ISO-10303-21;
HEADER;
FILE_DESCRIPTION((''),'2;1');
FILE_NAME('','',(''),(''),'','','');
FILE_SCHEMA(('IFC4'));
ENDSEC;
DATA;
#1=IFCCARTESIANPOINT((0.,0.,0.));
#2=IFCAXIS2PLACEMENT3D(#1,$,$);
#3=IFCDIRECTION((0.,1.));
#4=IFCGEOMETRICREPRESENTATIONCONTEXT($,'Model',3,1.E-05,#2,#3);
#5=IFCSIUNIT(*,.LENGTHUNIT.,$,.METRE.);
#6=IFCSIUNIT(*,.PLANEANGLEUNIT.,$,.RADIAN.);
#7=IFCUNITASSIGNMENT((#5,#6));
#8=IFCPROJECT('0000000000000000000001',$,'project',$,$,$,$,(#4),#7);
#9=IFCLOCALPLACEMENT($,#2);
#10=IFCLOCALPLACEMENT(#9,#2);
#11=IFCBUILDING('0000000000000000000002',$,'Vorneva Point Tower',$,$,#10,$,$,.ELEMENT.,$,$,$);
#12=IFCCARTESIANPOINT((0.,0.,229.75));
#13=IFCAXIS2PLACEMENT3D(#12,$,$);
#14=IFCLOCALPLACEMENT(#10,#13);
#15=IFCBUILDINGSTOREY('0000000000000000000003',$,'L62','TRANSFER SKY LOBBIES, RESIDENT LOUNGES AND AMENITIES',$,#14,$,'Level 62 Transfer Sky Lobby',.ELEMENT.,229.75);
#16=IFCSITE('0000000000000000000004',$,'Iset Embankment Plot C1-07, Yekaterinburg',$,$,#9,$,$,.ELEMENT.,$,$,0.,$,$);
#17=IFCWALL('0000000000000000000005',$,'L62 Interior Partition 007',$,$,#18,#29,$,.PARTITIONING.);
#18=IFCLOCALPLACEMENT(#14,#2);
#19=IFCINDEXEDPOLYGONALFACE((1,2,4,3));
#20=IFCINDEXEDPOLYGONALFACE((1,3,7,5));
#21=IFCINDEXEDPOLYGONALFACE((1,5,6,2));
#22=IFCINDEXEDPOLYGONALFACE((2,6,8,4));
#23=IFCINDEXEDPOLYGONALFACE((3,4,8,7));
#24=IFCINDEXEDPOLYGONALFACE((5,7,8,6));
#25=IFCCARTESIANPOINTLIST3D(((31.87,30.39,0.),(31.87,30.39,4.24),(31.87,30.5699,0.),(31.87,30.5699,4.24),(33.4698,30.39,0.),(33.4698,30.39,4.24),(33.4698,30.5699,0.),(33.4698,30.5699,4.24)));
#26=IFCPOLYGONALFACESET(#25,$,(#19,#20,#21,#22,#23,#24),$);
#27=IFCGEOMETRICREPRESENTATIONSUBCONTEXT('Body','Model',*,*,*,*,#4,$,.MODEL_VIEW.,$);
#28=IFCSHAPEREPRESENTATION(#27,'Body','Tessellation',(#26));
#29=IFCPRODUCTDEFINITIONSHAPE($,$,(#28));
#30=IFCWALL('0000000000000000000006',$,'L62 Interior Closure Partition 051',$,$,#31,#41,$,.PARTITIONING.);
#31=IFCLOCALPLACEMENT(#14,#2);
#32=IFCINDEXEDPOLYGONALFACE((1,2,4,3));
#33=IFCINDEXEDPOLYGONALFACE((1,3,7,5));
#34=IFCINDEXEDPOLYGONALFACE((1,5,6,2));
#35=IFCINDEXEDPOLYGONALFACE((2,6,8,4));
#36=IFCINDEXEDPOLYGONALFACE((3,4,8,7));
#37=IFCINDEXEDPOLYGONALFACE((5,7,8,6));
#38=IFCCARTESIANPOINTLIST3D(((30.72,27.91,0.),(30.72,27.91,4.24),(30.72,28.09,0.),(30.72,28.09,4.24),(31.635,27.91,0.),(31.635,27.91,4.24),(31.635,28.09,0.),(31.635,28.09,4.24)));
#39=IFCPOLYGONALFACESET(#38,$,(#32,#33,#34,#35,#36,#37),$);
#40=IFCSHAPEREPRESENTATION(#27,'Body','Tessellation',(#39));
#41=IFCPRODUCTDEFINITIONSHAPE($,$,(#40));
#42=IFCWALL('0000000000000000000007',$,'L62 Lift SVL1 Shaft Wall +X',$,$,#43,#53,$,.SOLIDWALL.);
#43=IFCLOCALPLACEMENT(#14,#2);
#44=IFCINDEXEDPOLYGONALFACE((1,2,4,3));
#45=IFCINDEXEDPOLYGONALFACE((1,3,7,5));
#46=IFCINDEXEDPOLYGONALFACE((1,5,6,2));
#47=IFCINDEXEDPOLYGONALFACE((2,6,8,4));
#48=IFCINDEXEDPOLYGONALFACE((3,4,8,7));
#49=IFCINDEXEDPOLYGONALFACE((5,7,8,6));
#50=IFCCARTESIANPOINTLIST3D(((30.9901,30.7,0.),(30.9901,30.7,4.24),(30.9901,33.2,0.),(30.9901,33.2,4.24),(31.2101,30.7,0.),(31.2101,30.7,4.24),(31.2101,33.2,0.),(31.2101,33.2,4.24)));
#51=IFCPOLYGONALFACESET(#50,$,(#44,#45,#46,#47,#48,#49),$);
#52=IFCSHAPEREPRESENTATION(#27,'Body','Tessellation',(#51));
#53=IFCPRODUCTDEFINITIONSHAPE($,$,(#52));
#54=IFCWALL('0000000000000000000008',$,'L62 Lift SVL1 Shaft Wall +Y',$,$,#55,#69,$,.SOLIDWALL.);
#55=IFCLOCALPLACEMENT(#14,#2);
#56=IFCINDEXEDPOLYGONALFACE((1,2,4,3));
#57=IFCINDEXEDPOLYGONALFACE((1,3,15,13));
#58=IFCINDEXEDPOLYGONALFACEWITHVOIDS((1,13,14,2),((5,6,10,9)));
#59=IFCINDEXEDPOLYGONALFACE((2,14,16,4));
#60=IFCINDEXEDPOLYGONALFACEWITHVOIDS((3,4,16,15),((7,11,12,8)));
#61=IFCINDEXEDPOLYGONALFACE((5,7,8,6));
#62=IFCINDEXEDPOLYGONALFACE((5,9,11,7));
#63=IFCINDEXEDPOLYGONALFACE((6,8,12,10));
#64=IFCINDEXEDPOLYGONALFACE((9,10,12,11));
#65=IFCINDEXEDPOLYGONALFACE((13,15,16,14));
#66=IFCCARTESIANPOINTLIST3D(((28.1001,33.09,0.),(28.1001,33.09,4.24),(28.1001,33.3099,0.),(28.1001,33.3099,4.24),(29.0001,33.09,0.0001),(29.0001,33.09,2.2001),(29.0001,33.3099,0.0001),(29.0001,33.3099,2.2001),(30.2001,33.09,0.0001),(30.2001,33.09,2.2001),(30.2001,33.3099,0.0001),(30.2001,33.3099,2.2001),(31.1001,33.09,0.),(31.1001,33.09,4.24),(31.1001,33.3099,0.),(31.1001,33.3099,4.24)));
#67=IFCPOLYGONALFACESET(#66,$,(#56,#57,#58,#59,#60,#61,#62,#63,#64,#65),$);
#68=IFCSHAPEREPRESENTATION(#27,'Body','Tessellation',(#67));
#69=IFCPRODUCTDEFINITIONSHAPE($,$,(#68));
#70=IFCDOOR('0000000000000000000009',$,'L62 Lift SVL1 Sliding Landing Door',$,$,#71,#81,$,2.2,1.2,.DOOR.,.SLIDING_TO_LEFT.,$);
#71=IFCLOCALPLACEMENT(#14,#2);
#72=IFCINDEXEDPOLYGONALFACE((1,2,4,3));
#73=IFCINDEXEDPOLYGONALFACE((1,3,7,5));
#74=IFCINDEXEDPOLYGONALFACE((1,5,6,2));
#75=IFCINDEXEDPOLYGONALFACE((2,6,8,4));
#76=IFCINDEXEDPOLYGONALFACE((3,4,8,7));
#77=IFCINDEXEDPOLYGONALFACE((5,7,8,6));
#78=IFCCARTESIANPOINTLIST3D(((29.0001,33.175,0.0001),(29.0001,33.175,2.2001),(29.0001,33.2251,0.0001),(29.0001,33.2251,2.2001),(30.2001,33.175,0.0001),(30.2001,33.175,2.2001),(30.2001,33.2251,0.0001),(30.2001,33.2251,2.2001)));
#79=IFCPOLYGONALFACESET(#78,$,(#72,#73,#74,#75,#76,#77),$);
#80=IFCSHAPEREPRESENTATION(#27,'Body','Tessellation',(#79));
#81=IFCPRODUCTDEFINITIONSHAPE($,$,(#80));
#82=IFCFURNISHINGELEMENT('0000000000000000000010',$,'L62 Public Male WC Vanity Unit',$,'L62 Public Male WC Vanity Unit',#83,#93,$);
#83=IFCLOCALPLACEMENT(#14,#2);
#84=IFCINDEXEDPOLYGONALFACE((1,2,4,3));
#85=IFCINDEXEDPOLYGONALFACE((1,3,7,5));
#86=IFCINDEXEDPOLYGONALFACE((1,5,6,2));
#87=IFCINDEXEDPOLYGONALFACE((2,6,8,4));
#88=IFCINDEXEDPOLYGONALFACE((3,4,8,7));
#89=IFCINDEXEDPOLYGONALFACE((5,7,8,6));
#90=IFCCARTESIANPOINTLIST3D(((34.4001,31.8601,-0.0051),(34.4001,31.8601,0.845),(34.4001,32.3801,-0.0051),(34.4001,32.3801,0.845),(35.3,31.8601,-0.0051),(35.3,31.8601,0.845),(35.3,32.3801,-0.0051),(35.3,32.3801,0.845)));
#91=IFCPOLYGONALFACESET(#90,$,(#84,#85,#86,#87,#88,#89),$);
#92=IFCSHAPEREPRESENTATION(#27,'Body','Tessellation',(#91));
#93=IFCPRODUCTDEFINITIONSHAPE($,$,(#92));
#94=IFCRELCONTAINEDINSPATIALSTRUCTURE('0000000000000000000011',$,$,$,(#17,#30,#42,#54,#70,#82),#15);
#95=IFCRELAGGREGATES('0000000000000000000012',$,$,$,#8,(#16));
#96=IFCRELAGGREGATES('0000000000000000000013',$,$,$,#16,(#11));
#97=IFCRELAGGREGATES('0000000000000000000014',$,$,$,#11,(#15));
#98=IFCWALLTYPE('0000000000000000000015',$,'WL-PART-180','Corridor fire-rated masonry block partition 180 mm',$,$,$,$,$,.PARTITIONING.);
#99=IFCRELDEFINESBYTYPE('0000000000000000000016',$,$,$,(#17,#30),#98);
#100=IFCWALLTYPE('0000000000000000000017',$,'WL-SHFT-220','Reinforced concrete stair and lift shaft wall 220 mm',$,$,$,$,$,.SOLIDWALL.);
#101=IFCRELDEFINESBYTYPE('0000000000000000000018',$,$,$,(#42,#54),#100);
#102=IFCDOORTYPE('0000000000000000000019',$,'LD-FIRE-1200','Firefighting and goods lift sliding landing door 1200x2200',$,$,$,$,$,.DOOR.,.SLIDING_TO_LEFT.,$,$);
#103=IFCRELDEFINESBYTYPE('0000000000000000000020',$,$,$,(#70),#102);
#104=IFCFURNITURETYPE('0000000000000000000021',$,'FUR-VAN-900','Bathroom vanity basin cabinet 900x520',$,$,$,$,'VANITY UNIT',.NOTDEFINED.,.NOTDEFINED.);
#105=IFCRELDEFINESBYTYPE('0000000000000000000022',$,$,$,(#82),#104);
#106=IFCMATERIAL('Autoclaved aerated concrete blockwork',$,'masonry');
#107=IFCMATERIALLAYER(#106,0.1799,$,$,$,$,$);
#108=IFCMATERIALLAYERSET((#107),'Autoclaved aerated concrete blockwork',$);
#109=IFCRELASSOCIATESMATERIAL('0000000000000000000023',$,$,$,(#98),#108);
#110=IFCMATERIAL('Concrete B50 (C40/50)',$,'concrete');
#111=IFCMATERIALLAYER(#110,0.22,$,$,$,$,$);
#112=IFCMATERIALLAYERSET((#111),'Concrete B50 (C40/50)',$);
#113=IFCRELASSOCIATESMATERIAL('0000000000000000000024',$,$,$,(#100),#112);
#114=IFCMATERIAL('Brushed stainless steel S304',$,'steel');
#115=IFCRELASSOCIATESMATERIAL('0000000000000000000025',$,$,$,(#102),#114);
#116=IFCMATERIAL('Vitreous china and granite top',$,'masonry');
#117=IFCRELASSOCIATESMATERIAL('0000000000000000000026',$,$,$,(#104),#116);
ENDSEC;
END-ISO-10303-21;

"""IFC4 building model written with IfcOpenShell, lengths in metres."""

from ifc_helpers import new_model, si_unit, direction, frame, frame_2d, origin, origin_2d, place, context, subcontext, project, spatial, rectangle, extrude, material, layer, layer_set, type_object, element, fill, save


model = new_model("IFC4")

# Units and contexts
model_context = context("Model", 3, precision=1e-05, world=origin(), true_north=direction((0.0, 1.0)))
body_context = subcontext(model_context, "Body", "Model", "MODEL_VIEW")
ifc_project = project(units=[si_unit("LENGTHUNIT", "METRE"), si_unit("PLANEANGLEUNIT", "RADIAN")], contexts=[model_context])

# Site, building, storey
site_placement = place(None, origin())
site = spatial("IfcSite", under=ifc_project, at=site_placement, Name="Iset Embankment Plot C1-07, Yekaterinburg", CompositionType="ELEMENT", RefElevation=0.0)
building_placement = place(site_placement, origin())
building = spatial("IfcBuilding", under=site, at=building_placement, Name="Vorneva Point Tower", CompositionType="ELEMENT")
storey_placement = place(building_placement, frame((0.0, 0.0, 229.75)))
storey = spatial("IfcBuildingStorey", under=building, at=storey_placement, Name="L62", Description="TRANSFER SKY LOBBIES, RESIDENT LOUNGES AND AMENITIES", LongName="Level 62 Transfer Sky Lobby", CompositionType="ELEMENT", Elevation=229.75)

# Shared definitions
ifc_material_1 = material(Name="Concrete B50 (C40/50)", Category="concrete")

# Wall
ifc_material_2 = material(Name="Autoclaved aerated concrete blockwork", Category="masonry")
ifc_layer_1 = layer(ifc_material_2, 0.1799)
ifc_layer_set_1 = layer_set([ifc_layer_1], Name="Autoclaved aerated concrete blockwork")
wall_type_1 = type_object("IfcWallType", Name="WL-PART-180", Description="Corridor fire-rated masonry block partition 180 mm", PredefinedType="PARTITIONING", material=ifc_layer_set_1)
wall_1_placement = place(storey_placement, frame((31.8701, 30.48, 0.0), z_axis=(0.0, 0.0, 1.0), x_axis=(1.0, 0.0, 0.0)))
element("IfcWall", 1, at=wall_1_placement, inside=storey, type_object=wall_type_1, Name="L62 Interior Partition 007", PredefinedType="PARTITIONING", context=body_context, shape_type="SweptSolid", body=[
    extrude(rectangle(XDim=1.5999, YDim=0.1799, at=frame_2d((0.7998, 0.0))), origin(), (0.0, 0.0, 1.0), 4.24),
])

# Walls
wall_2_placement = place(storey_placement, frame((31.635, 28.0, 0.0), z_axis=(0.0, 0.0, 1.0), x_axis=(-1.0, 0.0, 0.0)))
element("IfcWall", 2, at=wall_2_placement, inside=storey, type_object=wall_type_1, Name="L62 Interior Closure Partition 051", PredefinedType="PARTITIONING", context=body_context, shape_type="SweptSolid", body=[
    extrude(rectangle(XDim=0.915, YDim=0.1799, at=frame_2d((0.4575, 0.0))), origin(), (0.0, 0.0, 1.0), 4.24),
])
ifc_layer_2 = layer(ifc_material_1, 0.22)
ifc_layer_set_2 = layer_set([ifc_layer_2], Name="Concrete B50 (C40/50)")
wall_type_2 = type_object("IfcWallType", Name="WL-SHFT-220", Description="Reinforced concrete stair and lift shaft wall 220 mm", PredefinedType="SOLIDWALL", material=ifc_layer_set_2)
wall_3_placement = place(storey_placement, frame((31.1001, 30.7, 0.0), z_axis=(0.0, 0.0, 1.0), x_axis=(0.0, 1.0, 0.0)))
element("IfcWall", 3, at=wall_3_placement, inside=storey, type_object=wall_type_2, Name="L62 Lift SVL1 Shaft Wall +X", PredefinedType="SOLIDWALL", context=body_context, shape_type="SweptSolid", body=[
    extrude(rectangle(XDim=2.5, YDim=0.22, at=frame_2d((1.25, 0.0))), origin(), (0.0, 0.0, 1.0), 4.24),
])

# Wall, opening, door
wall_4_placement = place(storey_placement, frame((31.1001, 33.2, 0.0), z_axis=(0.0, 0.0, 1.0), x_axis=(-1.0, 0.0, 0.0)))
wall_4 = element("IfcWall", 4, at=wall_4_placement, inside=storey, type_object=wall_type_2, Name="L62 Lift SVL1 Shaft Wall +Y", PredefinedType="SOLIDWALL", context=body_context, shape_type="SweptSolid", body=[
    extrude(rectangle(XDim=3.0, YDim=0.22, at=frame_2d((1.5, 0.0))), origin(), (0.0, 0.0, 1.0), 4.24),
])
opening_1_placement = place(wall_4_placement, frame((0.8999, 0.0, 0.0)))
opening_1 = element("IfcOpeningElement", 5, at=opening_1_placement, cuts=wall_4, PredefinedType="OPENING", context=body_context, shape_type="SweptSolid", body=[
    extrude(rectangle(XDim=1.2, YDim=2.2, at=frame_2d((0.6001, 1.1001))), frame((0.0, 0.125, 0.0), z_axis=(0.0, -1.0, 0.0), x_axis=(1.0, 0.0, 0.0)), (0.0, 0.0, 1.0), 0.2498),
])
ifc_material_3 = material(Name="Brushed stainless steel S304", Category="steel")
door_type_1 = type_object("IfcDoorType", Name="LD-FIRE-1200", Description="Firefighting and goods lift sliding landing door 1200x2200", OperationType="SLIDING_TO_LEFT", PredefinedType="DOOR", material=ifc_material_3)
door_1_placement = place(opening_1_placement, origin())
door_1 = element("IfcDoor", 6, at=door_1_placement, inside=storey, type_object=door_type_1, Name="L62 Lift SVL1 Sliding Landing Door", OperationType="SLIDING_TO_LEFT", OverallHeight=2.2, OverallWidth=1.2, PredefinedType="DOOR", context=body_context, shape_type="SweptSolid", body=[
    extrude(rectangle(XDim=1.2, YDim=2.2, at=frame_2d((0.6001, 1.1001))), frame((0.0, 0.0249, 0.0), z_axis=(0.0, -1.0, 0.0), x_axis=(1.0, 0.0, 0.0)), (0.0, 0.0, 1.0), 0.05),
])
fill(opening_1, door_1)

# Furnishing element
ifc_material_4 = material(Name="Vitreous china and granite top", Category="masonry")
furniture_type = type_object("IfcFurnitureType", Name="FUR-VAN-900", Description="Bathroom vanity basin cabinet 900x520", ElementType="VANITY UNIT", AssemblyPlace="NOTDEFINED", PredefinedType="NOTDEFINED", material=ifc_material_4)
furnishing_placement = place(storey_placement, frame((34.8501, 32.1201, -0.0051), z_axis=(0.0, 0.0, 1.0), x_axis=(1.0, 0.0, 0.0)))
element("IfcFurnishingElement", 7, at=furnishing_placement, inside=storey, type_object=furniture_type, Name="L62 Public Male WC Vanity Unit", ObjectType="L62 Public Male WC Vanity Unit", context=body_context, shape_type="SweptSolid", body=[
    extrude(rectangle(XDim=0.8999, YDim=0.52, at=origin_2d()), origin(), (0.0, 0.0, 1.0), 0.8501),
])

save(model, "model.ifc")
